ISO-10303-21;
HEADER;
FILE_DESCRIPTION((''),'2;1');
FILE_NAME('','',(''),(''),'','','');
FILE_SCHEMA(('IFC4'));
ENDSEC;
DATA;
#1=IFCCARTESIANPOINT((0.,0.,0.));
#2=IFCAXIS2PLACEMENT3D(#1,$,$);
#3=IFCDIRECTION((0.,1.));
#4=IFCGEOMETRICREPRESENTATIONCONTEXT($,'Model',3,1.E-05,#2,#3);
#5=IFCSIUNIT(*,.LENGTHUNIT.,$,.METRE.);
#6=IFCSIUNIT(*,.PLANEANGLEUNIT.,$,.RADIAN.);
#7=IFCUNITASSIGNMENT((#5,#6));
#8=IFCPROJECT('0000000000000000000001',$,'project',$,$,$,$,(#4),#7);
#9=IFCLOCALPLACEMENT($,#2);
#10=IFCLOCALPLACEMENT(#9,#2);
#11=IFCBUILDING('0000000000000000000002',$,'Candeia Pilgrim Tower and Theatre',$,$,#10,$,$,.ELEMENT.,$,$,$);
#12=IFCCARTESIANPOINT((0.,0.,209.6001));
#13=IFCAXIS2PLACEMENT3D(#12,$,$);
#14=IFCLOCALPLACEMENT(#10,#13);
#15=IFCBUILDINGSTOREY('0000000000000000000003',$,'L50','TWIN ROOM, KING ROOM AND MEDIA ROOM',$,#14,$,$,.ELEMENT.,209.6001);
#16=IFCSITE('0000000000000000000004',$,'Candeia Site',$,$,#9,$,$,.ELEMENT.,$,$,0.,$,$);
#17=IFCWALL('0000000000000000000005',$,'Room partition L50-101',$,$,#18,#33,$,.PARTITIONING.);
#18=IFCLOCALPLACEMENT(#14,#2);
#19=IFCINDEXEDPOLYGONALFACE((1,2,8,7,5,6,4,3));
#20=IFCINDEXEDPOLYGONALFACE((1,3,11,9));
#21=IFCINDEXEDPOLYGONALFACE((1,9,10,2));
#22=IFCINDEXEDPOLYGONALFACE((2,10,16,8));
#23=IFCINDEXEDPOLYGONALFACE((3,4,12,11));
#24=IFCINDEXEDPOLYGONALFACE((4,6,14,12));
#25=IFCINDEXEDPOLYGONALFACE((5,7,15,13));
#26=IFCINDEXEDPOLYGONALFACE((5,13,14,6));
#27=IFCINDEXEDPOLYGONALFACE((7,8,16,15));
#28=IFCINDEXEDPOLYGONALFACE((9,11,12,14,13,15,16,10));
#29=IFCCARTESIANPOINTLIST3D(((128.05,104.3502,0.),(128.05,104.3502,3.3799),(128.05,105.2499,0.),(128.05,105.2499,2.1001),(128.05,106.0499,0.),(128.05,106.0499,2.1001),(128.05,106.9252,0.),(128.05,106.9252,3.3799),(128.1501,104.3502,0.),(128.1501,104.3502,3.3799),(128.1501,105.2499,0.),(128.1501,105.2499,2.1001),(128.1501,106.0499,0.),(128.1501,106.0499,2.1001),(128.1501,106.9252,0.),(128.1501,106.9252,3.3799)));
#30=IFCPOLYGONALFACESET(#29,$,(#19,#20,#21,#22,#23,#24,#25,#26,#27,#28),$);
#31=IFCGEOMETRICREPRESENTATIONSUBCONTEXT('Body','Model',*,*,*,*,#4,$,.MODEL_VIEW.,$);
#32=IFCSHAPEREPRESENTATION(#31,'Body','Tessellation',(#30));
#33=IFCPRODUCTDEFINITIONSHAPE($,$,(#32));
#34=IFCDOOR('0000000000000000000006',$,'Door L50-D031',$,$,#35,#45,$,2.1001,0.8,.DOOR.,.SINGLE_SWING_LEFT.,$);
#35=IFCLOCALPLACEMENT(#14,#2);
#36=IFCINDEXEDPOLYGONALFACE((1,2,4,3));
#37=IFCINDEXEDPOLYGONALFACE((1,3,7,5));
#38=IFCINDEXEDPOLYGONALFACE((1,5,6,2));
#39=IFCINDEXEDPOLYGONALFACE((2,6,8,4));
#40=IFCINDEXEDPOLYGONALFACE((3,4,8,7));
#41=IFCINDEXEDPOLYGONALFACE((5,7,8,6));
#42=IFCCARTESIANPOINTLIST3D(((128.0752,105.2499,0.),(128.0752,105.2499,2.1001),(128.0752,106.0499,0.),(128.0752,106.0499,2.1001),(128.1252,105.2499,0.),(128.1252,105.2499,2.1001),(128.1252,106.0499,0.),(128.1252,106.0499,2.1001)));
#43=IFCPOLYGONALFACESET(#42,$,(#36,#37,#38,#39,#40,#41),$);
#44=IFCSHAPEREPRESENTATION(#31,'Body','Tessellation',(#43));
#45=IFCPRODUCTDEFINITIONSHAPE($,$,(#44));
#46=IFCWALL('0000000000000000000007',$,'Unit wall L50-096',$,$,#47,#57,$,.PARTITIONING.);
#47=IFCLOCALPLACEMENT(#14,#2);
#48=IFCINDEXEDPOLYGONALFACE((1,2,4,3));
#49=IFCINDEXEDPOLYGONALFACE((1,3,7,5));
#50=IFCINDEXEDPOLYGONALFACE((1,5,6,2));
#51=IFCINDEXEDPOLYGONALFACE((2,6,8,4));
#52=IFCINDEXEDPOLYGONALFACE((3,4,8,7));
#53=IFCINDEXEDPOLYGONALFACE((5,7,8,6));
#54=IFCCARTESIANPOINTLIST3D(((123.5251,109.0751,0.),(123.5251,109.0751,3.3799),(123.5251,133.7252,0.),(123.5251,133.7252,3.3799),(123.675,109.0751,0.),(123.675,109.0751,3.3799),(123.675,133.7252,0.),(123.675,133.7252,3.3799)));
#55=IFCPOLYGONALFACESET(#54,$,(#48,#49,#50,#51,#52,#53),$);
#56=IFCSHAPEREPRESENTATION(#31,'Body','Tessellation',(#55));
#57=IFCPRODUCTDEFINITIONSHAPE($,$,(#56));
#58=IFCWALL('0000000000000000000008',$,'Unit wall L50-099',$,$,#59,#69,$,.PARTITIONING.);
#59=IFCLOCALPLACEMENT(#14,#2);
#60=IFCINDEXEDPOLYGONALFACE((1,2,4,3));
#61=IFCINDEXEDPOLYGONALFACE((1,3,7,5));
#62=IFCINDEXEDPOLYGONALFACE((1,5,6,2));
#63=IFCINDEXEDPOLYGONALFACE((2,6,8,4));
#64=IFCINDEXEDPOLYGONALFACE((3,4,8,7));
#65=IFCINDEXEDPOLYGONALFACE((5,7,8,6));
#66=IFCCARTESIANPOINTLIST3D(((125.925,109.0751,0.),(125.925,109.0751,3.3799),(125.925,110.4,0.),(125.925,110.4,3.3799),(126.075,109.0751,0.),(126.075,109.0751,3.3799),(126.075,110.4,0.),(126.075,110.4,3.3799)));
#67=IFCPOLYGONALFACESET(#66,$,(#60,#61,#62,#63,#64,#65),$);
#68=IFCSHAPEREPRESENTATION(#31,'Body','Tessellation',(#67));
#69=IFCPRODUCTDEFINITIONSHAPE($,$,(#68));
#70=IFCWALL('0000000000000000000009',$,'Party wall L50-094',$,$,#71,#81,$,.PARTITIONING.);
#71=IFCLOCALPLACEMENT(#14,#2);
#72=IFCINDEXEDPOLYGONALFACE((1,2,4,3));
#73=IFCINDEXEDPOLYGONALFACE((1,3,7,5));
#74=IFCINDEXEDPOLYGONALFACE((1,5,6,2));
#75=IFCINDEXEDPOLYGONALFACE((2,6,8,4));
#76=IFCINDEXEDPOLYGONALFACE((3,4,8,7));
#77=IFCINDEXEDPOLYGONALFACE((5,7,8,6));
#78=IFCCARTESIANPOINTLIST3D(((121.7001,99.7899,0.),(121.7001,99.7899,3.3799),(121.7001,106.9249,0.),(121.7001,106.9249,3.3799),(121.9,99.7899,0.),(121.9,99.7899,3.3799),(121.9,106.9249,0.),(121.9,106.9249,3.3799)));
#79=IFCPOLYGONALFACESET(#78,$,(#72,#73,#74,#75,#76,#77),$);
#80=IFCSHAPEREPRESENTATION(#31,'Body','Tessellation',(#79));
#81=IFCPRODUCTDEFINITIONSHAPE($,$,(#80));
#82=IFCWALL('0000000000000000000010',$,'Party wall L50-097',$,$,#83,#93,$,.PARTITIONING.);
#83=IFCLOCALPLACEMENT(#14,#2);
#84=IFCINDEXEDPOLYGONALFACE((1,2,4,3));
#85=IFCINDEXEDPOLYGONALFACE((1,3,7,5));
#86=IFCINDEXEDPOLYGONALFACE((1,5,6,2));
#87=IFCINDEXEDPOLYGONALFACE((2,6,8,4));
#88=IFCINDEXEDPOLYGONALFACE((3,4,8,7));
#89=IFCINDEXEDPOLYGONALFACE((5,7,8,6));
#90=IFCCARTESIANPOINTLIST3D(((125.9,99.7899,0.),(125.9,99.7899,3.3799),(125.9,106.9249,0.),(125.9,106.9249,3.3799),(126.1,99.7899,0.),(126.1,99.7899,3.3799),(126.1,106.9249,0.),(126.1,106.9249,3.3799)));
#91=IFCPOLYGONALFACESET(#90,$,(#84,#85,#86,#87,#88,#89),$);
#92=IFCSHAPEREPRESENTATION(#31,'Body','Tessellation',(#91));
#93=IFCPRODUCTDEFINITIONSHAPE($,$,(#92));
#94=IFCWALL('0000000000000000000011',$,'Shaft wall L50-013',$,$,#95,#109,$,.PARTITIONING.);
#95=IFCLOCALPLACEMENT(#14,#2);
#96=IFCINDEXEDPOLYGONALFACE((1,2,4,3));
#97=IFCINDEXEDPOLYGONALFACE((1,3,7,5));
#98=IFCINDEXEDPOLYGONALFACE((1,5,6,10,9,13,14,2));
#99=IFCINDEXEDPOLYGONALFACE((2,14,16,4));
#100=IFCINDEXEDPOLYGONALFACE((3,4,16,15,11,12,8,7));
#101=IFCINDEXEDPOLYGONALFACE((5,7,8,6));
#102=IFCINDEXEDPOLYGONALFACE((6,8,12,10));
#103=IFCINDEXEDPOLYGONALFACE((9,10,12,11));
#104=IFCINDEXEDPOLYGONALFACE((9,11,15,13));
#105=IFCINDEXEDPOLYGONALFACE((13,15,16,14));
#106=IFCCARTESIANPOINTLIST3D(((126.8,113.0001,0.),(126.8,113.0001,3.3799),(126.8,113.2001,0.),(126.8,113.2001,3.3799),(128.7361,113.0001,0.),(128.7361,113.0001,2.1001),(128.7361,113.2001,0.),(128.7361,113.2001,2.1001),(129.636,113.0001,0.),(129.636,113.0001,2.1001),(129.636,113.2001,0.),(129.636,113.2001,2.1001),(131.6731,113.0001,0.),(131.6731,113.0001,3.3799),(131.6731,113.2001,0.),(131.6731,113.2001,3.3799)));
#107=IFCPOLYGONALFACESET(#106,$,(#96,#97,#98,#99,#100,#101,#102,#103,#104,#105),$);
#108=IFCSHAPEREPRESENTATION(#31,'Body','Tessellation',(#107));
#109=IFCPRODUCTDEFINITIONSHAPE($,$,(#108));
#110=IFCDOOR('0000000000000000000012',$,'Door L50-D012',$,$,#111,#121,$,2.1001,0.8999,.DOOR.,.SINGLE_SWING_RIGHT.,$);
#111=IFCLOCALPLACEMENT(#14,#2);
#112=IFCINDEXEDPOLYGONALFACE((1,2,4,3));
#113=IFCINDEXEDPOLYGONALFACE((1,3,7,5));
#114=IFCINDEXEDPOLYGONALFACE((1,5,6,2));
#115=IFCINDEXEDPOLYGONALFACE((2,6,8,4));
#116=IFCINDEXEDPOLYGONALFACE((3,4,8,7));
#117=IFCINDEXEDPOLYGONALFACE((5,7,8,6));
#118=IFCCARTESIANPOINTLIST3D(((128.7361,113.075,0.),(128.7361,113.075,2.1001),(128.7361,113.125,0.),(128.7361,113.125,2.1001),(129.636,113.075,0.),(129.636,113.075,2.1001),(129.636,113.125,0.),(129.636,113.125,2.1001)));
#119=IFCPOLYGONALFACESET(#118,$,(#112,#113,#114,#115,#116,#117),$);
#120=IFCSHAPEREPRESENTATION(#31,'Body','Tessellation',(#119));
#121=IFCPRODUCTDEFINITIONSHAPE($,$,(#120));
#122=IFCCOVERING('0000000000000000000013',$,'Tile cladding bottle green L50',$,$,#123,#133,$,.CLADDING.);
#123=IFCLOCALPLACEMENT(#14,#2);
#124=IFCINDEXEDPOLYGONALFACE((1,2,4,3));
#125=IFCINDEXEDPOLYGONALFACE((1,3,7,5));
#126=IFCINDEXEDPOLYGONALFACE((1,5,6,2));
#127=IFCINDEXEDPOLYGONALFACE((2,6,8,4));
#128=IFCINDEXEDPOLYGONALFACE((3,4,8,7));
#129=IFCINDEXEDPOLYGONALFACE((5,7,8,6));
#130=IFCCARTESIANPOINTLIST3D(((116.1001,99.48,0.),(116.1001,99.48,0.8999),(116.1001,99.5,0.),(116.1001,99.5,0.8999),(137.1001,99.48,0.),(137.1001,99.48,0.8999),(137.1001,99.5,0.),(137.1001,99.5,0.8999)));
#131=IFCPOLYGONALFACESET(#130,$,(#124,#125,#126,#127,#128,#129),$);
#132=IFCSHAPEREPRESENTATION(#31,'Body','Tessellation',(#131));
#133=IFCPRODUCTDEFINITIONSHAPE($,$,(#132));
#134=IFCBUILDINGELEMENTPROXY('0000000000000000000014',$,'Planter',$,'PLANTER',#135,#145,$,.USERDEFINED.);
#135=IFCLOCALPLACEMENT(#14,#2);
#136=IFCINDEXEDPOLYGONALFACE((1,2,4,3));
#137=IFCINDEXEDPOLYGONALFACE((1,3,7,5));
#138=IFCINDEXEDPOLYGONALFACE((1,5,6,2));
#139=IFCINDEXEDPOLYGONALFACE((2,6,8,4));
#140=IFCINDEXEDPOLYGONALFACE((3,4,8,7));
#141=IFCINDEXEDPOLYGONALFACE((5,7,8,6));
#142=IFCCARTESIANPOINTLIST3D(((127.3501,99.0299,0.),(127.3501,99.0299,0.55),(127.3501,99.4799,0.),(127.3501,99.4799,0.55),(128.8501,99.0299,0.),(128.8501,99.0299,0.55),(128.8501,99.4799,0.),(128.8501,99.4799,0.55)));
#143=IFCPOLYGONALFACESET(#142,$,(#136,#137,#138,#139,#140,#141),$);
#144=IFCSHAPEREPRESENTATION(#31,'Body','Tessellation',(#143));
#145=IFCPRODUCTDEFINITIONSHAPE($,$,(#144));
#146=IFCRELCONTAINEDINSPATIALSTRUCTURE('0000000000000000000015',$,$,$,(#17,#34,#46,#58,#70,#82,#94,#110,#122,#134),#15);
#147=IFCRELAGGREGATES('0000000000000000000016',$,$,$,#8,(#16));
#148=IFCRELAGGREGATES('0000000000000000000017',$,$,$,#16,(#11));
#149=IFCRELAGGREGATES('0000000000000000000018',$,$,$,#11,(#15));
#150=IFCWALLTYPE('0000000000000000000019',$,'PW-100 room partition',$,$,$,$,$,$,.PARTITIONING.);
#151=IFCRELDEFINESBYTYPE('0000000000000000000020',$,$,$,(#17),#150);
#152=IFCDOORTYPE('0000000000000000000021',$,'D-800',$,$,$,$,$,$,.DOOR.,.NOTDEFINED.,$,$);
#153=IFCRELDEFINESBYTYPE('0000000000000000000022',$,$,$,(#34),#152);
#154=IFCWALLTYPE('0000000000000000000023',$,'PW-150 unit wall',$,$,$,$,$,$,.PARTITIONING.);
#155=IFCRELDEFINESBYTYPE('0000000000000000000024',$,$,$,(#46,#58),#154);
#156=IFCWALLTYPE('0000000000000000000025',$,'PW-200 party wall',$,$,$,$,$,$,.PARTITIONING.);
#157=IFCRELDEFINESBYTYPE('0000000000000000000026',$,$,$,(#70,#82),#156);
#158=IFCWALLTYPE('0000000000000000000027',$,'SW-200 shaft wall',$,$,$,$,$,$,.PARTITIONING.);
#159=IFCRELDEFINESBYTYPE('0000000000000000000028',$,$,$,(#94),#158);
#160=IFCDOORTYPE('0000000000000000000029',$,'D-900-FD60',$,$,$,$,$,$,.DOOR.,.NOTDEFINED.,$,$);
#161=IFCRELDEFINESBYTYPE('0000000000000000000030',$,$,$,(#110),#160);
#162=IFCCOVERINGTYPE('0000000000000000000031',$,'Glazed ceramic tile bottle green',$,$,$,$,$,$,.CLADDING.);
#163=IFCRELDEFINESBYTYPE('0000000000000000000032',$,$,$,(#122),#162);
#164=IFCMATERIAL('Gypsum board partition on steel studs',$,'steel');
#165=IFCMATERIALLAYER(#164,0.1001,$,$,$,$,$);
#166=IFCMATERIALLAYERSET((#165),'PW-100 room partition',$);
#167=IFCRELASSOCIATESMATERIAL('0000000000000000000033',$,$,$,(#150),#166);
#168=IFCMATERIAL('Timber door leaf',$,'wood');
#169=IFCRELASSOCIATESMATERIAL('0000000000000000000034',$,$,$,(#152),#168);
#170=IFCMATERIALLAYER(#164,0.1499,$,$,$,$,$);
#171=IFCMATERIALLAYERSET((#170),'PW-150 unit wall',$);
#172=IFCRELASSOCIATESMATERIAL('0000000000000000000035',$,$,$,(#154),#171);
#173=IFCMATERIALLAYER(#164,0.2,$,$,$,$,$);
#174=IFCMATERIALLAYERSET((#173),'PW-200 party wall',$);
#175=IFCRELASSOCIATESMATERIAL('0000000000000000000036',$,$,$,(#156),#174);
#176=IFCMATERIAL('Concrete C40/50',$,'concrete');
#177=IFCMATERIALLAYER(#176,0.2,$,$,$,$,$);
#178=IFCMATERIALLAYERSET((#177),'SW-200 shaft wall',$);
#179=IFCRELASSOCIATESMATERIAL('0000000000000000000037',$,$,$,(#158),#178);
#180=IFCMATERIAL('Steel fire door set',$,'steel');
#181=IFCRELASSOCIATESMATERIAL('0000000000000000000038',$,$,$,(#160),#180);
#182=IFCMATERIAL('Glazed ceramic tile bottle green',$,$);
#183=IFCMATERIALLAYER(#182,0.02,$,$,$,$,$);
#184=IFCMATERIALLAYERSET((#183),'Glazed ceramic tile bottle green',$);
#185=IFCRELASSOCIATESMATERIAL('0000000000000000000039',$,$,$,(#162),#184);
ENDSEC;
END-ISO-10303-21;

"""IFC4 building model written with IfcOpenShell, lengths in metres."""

from ifc_helpers import new_model, si_unit, direction, frame, frame_2d, origin, origin_2d, place, context, subcontext, project, spatial, rectangle, extrude, material, layer, layer_set, type_object, element, fill, save


model = new_model("IFC4")

# Units and contexts
model_context = context("Model", 3, precision=1e-05, world=origin(), true_north=direction((0.0, 1.0)))
body_context = subcontext(model_context, "Body", "Model", "MODEL_VIEW")
ifc_project = project(units=[si_unit("LENGTHUNIT", "METRE"), si_unit("PLANEANGLEUNIT", "RADIAN")], contexts=[model_context])

# Site, building, storey
site_placement = place(None, origin())
site = spatial("IfcSite", under=ifc_project, at=site_placement, Name="Candeia Site", CompositionType="ELEMENT", RefElevation=0.0)
building_placement = place(site_placement, origin())
building = spatial("IfcBuilding", under=site, at=building_placement, Name="Candeia Pilgrim Tower and Theatre", CompositionType="ELEMENT")
storey_placement = place(building_placement, frame((0.0, 0.0, 209.6001)))
storey = spatial("IfcBuildingStorey", under=building, at=storey_placement, Name="L50", Description="TWIN ROOM, KING ROOM AND MEDIA ROOM", CompositionType="ELEMENT", Elevation=209.6001)

# Shared definitions
ifc_material_1 = material(Name="Steel fire door set", Category="steel")

# Shared definitions
ifc_material_2 = material(Name="Gypsum board partition on steel studs", Category="steel")
ifc_layer_1 = layer(ifc_material_2, 0.1001)
ifc_layer_set_1 = layer_set([ifc_layer_1], Name="PW-100 room partition")
wall_type_1 = type_object("IfcWallType", Name="PW-100 room partition", PredefinedType="PARTITIONING", material=ifc_layer_set_1)

# Shared definitions
ifc_material_3 = material(Name="Timber door leaf", Category="wood")
door_type_1 = type_object("IfcDoorType", Name="D-800", OperationType="NOTDEFINED", PredefinedType="DOOR", material=ifc_material_3)

# Wall, opening, door
wall_1_placement = place(storey_placement, frame((128.1001, 104.3501, 0.0), z_axis=(0.0, 0.0, 1.0), x_axis=(0.0, 1.0, 0.0)))
wall_1 = element("IfcWall", 1, at=wall_1_placement, inside=storey, type_object=wall_type_1, Name="Room partition L50-101", PredefinedType="PARTITIONING", context=body_context, shape_type="SweptSolid", body=[
    extrude(rectangle(XDim=2.575, YDim=0.1001, at=frame_2d((1.2876, 0.0))), origin(), (0.0, 0.0, 1.0), 3.3799),
])
opening_1_placement = place(wall_1_placement, frame((0.8999, 0.0, 0.0)))
opening_1 = element("IfcOpeningElement", 2, at=opening_1_placement, cuts=wall_1, PredefinedType="OPENING", context=body_context, shape_type="SweptSolid", body=[
    extrude(rectangle(XDim=0.8, YDim=2.1001, at=frame_2d((0.3999, 1.05))), frame((0.0, 0.0601, 0.0), z_axis=(0.0, -1.0, 0.0), x_axis=(1.0, 0.0, 0.0)), (0.0, 0.0, 1.0), 0.1201),
])
door_1_placement = place(opening_1_placement, origin())
door_1 = element("IfcDoor", 3, at=door_1_placement, inside=storey, type_object=door_type_1, Name="Door L50-D031", OperationType="SINGLE_SWING_LEFT", OverallHeight=2.1001, OverallWidth=0.8, PredefinedType="DOOR", context=body_context, shape_type="SweptSolid", body=[
    extrude(rectangle(XDim=0.8, YDim=2.1001, at=frame_2d((0.3999, 1.05))), frame((0.0, 0.0249, 0.0), z_axis=(0.0, -1.0, 0.0), x_axis=(1.0, 0.0, 0.0)), (0.0, 0.0, 1.0), 0.05),
])
fill(opening_1, door_1)

# Walls
ifc_layer_2 = layer(ifc_material_2, 0.1499)
ifc_layer_set_2 = layer_set([ifc_layer_2], Name="PW-150 unit wall")
wall_type_2 = type_object("IfcWallType", Name="PW-150 unit wall", PredefinedType="PARTITIONING", material=ifc_layer_set_2)
wall_2_placement = place(storey_placement, frame((123.6001, 109.075, 0.0), z_axis=(0.0, 0.0, 1.0), x_axis=(0.0, 1.0, 0.0)))
element("IfcWall", 4, at=wall_2_placement, inside=storey, type_object=wall_type_2, Name="Unit wall L50-096", PredefinedType="PARTITIONING", context=body_context, shape_type="SweptSolid", body=[
    extrude(rectangle(XDim=24.6501, YDim=0.1499, at=frame_2d((12.3252, 0.0))), origin(), (0.0, 0.0, 1.0), 3.3799),
])
wall_3_placement = place(storey_placement, frame((126.0, 109.075, 0.0), z_axis=(0.0, 0.0, 1.0), x_axis=(0.0, 1.0, 0.0)))
element("IfcWall", 5, at=wall_3_placement, inside=storey, type_object=wall_type_2, Name="Unit wall L50-099", PredefinedType="PARTITIONING", context=body_context, shape_type="SweptSolid", body=[
    extrude(rectangle(XDim=1.325, YDim=0.1499, at=frame_2d((0.6626, 0.0))), origin(), (0.0, 0.0, 1.0), 3.3799),
])
ifc_layer_3 = layer(ifc_material_2, 0.2)
ifc_layer_set_3 = layer_set([ifc_layer_3], Name="PW-200 party wall")
wall_type_3 = type_object("IfcWallType", Name="PW-200 party wall", PredefinedType="PARTITIONING", material=ifc_layer_set_3)
for number, where, z_axis, x_axis, name in (
    (6, (121.8, 99.79, 0.0), (0.0, 0.0, 1.0), (0.0, 1.0, 0.0), "Party wall L50-094"),
    (7, (126.0, 99.79, 0.0), (0.0, 0.0, 1.0), (0.0, 1.0, 0.0), "Party wall L50-097"),
):
    element("IfcWall", number, at=place(storey_placement, frame(where, z_axis=z_axis, x_axis=x_axis)), inside=storey, type_object=wall_type_3, Name=name, PredefinedType="PARTITIONING", context=body_context, shape_type="SweptSolid", body=[
        extrude(rectangle(XDim=7.135, YDim=0.2, at=frame_2d((3.5674, 0.0))), origin(), (0.0, 0.0, 1.0), 3.3799),
    ])

# Wall, opening, door
ifc_material_4 = material(Name="Concrete C40/50", Category="concrete")
ifc_layer_4 = layer(ifc_material_4, 0.2)
ifc_layer_set_4 = layer_set([ifc_layer_4], Name="SW-200 shaft wall")
wall_type_4 = type_object("IfcWallType", Name="SW-200 shaft wall", PredefinedType="PARTITIONING", material=ifc_layer_set_4)
wall_4_placement = place(storey_placement, frame((126.8, 113.1001, 0.0), z_axis=(0.0, 0.0, 1.0), x_axis=(1.0, 0.0, 0.0)))
wall_4 = element("IfcWall", 8, at=wall_4_placement, inside=storey, type_object=wall_type_4, Name="Shaft wall L50-013", PredefinedType="PARTITIONING", context=body_context, shape_type="SweptSolid", body=[
    extrude(rectangle(XDim=4.873, YDim=0.2, at=frame_2d((2.4365, 0.0))), origin(), (0.0, 0.0, 1.0), 3.3799),
])
opening_2_placement = place(wall_4_placement, frame((1.936, 0.0, 0.0)))
opening_2 = element("IfcOpeningElement", 9, at=opening_2_placement, cuts=wall_4, PredefinedType="OPENING", context=body_context, shape_type="SweptSolid", body=[
    extrude(rectangle(XDim=0.8999, YDim=2.1001, at=frame_2d((0.45, 1.05))), frame((0.0, 0.1099, 0.0), z_axis=(0.0, -1.0, 0.0), x_axis=(1.0, 0.0, 0.0)), (0.0, 0.0, 1.0), 0.22),
])
door_type_2 = type_object("IfcDoorType", Name="D-900-FD60", OperationType="NOTDEFINED", PredefinedType="DOOR", material=ifc_material_1)
door_2_placement = place(opening_2_placement, origin())
door_2 = element("IfcDoor", 10, at=door_2_placement, inside=storey, type_object=door_type_2, Name="Door L50-D012", OperationType="SINGLE_SWING_RIGHT", OverallHeight=2.1001, OverallWidth=0.8999, PredefinedType="DOOR", context=body_context, shape_type="SweptSolid", body=[
    extrude(rectangle(XDim=0.8999, YDim=2.1001, at=frame_2d((0.45, 1.05))), frame((0.0, 0.0249, 0.0), z_axis=(0.0, -1.0, 0.0), x_axis=(1.0, 0.0, 0.0)), (0.0, 0.0, 1.0), 0.05),
])
fill(opening_2, door_2)

# Covering
ifc_material_5 = material(Name="Glazed ceramic tile bottle green")
ifc_layer_5 = layer(ifc_material_5, 0.02)
ifc_layer_set_5 = layer_set([ifc_layer_5], Name="Glazed ceramic tile bottle green")
covering_type = type_object("IfcCoveringType", Name="Glazed ceramic tile bottle green", PredefinedType="CLADDING", material=ifc_layer_set_5)
covering_placement = place(storey_placement, frame((126.6001, 99.49, 0.0), z_axis=(0.0, 0.0, 1.0), x_axis=(1.0, 0.0, 0.0)))
element("IfcCovering", 11, at=covering_placement, inside=storey, type_object=covering_type, Name="Tile cladding bottle green L50", PredefinedType="CLADDING", context=body_context, shape_type="SweptSolid", body=[
    extrude(rectangle(XDim=21.0, YDim=0.02, at=origin_2d()), origin(), (0.0, 0.0, 1.0), 0.8999),
])

# Building element proxy
proxy_placement = place(storey_placement, frame((128.1001, 99.2549, 0.0), z_axis=(0.0, 0.0, 1.0), x_axis=(1.0, 0.0, 0.0)))
element("IfcBuildingElementProxy", 12, at=proxy_placement, inside=storey, Name="Planter", ObjectType="PLANTER", PredefinedType="USERDEFINED", context=body_context, shape_type="SweptSolid", body=[
    extrude(rectangle(XDim=1.5, YDim=0.45, at=origin_2d()), origin(), (0.0, 0.0, 1.0), 0.55),
])

save(model, "model.ifc")
